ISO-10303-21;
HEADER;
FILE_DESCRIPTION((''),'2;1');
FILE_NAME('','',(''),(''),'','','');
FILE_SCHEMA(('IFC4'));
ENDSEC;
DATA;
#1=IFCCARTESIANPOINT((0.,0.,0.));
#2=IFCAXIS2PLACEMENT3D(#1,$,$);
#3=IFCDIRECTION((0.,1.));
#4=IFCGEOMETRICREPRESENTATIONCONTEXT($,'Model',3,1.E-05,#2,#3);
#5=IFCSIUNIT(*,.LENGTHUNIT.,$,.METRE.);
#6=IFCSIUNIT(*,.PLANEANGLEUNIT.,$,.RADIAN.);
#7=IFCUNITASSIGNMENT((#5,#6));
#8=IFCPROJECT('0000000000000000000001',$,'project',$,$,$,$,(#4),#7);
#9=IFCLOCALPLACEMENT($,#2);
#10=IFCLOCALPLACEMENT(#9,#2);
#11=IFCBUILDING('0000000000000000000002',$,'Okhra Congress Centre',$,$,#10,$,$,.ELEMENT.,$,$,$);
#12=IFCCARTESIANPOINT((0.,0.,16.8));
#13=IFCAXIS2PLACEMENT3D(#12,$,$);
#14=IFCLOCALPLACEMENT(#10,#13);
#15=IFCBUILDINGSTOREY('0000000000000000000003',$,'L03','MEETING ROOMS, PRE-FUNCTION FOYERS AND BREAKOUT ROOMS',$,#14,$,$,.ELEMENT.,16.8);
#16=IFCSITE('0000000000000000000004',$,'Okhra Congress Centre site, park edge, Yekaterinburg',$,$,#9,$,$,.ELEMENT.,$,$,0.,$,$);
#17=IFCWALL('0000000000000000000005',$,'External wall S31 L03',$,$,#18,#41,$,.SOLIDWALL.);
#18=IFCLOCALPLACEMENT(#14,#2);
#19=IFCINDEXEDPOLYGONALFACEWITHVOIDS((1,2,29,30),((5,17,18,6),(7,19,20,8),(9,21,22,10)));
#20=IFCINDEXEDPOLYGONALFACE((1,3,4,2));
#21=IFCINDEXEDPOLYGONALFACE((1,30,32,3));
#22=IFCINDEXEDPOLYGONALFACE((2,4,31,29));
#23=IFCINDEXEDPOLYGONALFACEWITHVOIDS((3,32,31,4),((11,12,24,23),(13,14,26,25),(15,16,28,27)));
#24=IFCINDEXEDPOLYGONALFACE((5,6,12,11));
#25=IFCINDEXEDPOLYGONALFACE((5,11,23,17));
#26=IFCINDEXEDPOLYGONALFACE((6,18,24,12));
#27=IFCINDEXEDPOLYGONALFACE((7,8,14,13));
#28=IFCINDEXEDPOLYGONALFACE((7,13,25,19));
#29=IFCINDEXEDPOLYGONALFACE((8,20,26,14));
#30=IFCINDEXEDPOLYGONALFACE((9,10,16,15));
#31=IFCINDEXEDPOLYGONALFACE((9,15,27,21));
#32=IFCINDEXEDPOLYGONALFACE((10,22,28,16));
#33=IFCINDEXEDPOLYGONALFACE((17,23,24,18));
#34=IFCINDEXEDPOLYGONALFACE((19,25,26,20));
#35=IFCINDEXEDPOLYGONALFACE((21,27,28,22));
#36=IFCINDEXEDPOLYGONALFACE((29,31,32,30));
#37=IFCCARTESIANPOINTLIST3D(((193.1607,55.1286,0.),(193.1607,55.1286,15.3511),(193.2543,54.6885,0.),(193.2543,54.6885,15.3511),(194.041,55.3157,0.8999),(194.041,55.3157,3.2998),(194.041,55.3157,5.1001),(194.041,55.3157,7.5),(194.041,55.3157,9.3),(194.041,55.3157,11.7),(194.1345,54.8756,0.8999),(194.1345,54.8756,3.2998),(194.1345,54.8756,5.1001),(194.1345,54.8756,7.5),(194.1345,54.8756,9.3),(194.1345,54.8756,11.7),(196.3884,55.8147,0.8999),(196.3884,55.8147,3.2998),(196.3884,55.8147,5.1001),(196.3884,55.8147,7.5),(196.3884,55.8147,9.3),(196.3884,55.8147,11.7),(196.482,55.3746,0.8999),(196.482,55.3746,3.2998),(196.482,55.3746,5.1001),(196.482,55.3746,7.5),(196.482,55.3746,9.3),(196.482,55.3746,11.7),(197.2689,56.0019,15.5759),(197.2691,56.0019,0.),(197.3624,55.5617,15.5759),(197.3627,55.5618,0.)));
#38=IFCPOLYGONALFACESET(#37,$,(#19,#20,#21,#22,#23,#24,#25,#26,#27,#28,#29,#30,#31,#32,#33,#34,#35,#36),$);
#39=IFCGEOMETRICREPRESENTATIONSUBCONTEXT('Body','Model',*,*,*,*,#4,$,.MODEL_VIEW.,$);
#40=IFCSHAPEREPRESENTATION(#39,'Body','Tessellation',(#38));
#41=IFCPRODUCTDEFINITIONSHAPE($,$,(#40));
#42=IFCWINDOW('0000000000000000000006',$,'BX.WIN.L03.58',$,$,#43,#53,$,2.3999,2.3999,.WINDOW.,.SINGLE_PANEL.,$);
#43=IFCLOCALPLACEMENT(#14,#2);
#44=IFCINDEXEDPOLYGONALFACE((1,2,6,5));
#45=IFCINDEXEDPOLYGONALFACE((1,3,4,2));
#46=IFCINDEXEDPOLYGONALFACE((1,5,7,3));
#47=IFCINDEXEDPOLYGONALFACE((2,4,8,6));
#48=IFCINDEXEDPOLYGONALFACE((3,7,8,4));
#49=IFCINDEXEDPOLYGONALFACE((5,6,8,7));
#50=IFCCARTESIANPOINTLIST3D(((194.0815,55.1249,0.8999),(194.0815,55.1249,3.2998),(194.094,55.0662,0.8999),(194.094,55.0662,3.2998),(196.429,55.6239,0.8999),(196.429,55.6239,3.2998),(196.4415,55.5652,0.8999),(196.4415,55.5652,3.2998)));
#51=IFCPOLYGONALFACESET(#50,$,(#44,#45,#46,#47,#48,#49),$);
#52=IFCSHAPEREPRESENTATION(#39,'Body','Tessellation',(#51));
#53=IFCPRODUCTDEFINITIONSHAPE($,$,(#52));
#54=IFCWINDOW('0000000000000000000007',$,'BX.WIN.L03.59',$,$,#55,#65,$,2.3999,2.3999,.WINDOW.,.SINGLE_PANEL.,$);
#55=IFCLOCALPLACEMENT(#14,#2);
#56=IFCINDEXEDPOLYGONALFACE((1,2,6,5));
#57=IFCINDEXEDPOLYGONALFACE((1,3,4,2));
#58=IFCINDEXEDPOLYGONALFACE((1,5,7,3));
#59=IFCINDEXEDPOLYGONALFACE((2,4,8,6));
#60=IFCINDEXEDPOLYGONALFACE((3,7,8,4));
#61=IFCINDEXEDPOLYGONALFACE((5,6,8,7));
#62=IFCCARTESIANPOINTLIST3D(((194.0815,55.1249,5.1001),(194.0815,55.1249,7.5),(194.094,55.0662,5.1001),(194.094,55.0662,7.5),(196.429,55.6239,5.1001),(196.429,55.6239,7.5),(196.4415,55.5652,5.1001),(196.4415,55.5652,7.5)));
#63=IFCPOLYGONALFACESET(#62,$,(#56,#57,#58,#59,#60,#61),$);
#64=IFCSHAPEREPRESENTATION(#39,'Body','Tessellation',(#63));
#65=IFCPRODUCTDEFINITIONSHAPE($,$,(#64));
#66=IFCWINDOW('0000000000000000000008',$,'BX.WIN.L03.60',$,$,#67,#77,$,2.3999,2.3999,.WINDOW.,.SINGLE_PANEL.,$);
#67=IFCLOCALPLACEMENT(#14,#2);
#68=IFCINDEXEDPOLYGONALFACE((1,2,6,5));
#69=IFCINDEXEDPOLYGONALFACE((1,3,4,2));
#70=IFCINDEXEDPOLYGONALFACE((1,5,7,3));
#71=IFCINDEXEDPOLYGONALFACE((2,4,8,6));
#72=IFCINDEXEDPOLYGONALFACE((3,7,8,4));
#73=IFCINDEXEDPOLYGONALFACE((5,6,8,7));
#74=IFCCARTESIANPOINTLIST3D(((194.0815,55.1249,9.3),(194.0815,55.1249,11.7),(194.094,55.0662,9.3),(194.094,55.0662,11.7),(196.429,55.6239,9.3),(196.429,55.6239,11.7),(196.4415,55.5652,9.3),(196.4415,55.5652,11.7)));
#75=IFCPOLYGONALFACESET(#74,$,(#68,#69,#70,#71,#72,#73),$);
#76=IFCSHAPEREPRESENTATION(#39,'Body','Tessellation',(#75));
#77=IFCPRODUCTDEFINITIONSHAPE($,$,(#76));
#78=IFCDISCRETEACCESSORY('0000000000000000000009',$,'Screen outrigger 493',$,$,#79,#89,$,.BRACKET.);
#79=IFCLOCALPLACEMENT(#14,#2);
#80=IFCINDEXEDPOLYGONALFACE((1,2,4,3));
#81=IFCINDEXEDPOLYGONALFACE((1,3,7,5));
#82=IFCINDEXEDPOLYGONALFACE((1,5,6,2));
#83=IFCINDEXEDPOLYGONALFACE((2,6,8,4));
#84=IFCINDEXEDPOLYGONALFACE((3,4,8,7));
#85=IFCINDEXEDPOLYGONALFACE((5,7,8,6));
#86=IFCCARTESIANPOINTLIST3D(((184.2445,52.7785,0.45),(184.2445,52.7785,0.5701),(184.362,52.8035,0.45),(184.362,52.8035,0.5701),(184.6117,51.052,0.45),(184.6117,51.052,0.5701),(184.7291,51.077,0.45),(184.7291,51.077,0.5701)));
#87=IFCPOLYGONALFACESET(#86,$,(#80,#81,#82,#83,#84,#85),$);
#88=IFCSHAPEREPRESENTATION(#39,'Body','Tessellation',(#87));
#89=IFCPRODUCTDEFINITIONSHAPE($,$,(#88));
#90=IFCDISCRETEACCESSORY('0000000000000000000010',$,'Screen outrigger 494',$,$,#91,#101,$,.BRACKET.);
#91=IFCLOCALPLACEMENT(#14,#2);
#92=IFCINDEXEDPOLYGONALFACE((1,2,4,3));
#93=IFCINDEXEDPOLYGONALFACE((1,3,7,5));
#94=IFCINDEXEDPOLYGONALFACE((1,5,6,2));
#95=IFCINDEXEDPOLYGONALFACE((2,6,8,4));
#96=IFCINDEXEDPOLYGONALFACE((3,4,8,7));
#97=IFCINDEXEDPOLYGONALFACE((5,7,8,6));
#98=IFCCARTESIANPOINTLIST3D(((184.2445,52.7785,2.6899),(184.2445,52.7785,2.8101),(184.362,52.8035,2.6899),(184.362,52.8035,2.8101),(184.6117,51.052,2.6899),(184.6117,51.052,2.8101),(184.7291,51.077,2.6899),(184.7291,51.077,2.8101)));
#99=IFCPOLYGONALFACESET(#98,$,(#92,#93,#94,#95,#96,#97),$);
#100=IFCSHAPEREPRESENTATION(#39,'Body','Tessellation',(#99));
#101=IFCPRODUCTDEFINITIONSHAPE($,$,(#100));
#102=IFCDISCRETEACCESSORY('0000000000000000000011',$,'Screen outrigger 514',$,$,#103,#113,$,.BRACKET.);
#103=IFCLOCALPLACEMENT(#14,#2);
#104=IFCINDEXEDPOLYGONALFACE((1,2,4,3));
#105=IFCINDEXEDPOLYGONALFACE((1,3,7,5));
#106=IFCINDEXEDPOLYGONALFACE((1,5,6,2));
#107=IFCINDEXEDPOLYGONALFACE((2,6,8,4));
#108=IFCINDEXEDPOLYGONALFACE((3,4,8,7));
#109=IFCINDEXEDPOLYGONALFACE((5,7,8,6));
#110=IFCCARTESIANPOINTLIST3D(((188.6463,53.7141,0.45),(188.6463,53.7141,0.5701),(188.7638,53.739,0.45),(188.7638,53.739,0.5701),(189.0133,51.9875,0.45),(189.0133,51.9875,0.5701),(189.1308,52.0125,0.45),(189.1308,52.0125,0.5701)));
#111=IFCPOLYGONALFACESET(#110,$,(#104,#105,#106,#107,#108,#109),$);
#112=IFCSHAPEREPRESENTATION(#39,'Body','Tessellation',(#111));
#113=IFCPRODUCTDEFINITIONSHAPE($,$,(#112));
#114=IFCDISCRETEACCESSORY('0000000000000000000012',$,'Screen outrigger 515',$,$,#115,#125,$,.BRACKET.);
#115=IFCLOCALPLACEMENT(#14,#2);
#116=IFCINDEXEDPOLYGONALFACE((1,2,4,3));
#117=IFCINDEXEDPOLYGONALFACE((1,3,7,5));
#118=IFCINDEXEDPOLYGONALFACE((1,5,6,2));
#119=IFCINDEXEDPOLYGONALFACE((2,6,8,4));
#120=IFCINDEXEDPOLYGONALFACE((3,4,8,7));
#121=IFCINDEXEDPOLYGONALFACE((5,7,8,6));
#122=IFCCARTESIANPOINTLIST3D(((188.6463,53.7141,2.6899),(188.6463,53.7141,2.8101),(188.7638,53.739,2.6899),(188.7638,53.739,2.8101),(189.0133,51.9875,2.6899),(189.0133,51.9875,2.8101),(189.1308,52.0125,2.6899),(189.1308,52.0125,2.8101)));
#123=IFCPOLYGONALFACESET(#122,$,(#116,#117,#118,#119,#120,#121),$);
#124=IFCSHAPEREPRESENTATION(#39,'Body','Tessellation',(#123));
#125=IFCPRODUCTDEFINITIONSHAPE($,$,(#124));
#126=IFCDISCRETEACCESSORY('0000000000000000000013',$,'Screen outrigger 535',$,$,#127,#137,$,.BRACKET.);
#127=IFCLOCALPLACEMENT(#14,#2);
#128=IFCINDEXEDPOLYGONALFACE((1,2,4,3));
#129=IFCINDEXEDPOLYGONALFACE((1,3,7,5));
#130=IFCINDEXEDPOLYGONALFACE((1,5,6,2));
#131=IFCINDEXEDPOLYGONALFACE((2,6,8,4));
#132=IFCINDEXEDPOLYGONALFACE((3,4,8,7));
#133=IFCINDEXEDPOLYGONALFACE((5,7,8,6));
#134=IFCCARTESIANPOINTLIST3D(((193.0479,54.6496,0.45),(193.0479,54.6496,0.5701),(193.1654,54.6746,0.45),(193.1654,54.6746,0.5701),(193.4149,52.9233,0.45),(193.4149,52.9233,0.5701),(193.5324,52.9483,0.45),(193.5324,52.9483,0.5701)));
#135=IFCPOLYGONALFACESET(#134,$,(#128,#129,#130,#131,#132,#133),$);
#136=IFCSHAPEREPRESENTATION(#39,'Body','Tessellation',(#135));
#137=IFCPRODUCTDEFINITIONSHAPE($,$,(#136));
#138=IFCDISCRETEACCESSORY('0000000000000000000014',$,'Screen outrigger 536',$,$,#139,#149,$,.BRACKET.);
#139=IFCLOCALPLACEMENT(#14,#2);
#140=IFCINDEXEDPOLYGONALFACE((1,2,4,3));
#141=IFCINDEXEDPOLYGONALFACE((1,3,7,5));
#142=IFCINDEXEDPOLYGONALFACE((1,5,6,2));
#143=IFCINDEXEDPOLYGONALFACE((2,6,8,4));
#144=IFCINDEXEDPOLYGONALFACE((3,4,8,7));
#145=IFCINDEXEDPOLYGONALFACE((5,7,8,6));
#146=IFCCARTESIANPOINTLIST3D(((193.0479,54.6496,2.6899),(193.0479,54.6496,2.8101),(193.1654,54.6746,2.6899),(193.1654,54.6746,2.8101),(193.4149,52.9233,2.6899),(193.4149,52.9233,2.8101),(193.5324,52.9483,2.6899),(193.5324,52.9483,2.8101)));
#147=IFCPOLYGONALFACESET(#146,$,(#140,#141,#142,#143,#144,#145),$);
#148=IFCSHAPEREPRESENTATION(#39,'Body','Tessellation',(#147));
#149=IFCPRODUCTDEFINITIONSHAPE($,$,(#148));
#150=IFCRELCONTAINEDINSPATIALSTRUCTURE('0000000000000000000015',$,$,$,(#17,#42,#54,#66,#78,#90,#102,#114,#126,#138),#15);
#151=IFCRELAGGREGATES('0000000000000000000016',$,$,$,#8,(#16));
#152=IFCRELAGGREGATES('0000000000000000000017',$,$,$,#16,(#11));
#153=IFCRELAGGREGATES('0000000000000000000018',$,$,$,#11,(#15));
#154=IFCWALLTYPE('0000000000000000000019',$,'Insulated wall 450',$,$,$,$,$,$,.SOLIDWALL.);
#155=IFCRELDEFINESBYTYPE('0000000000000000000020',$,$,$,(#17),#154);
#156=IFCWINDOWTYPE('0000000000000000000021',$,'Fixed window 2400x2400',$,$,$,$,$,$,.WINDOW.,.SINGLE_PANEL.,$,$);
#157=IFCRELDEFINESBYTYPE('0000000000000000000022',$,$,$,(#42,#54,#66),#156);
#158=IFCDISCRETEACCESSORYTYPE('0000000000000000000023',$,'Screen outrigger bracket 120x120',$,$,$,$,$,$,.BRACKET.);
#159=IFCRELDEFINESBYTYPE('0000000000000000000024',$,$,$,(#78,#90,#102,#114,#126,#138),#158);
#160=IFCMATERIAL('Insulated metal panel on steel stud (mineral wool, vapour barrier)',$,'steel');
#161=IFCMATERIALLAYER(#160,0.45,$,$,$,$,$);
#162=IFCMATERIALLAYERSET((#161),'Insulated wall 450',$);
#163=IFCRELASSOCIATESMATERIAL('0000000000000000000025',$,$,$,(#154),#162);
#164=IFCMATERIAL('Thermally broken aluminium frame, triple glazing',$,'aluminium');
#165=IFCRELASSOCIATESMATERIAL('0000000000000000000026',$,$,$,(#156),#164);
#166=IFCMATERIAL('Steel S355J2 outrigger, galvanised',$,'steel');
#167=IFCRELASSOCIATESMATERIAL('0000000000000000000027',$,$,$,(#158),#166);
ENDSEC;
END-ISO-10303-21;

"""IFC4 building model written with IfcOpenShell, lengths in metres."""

from ifc_helpers import new_model, si_unit, direction, frame, frame_2d, origin, origin_2d, place, context, subcontext, project, spatial, polyline, rectangle, outline, extrude, material, layer, layer_set, material_profile, profile_set, type_object, element, fill, save


model = new_model("IFC4")

# Units and contexts
model_context = context("Model", 3, precision=1e-05, world=origin(), true_north=direction((0.0, 1.0)))
body_context = subcontext(model_context, "Body", "Model", "MODEL_VIEW")
ifc_project = project(units=[si_unit("LENGTHUNIT", "METRE"), si_unit("PLANEANGLEUNIT", "RADIAN")], contexts=[model_context])

# Site, building, storey
site_placement = place(None, origin())
site = spatial("IfcSite", under=ifc_project, at=site_placement, Name="Okhra Congress Centre site, park edge, Yekaterinburg", CompositionType="ELEMENT", RefElevation=0.0)
building_placement = place(site_placement, origin())
building = spatial("IfcBuilding", under=site, at=building_placement, Name="Okhra Congress Centre", CompositionType="ELEMENT")
storey_placement = place(building_placement, frame((0.0, 0.0, 16.8)))
storey = spatial("IfcBuildingStorey", under=building, at=storey_placement, Name="L03", Description="MEETING ROOMS, PRE-FUNCTION FOYERS AND BREAKOUT ROOMS", CompositionType="ELEMENT", Elevation=16.8)

# Wall, openings, windows
ifc_material_1 = material(Name="Insulated metal panel on steel stud (mineral wool, vapour barrier)", Category="steel")
ifc_layer_1 = layer(ifc_material_1, 0.45)
ifc_layer_set_1 = layer_set([ifc_layer_1], Name="Insulated wall 450")
wall_type_1 = type_object("IfcWallType", Name="Insulated wall 450", PredefinedType="SOLIDWALL", material=ifc_layer_set_1)
ifc_material_2 = material(Name="Thermally broken aluminium frame, triple glazing", Category="aluminium")
window_type_1 = type_object("IfcWindowType", Name="Fixed window 2400x2400", PartitioningType="SINGLE_PANEL", PredefinedType="WINDOW", material=ifc_material_2)
wall_1_placement = place(storey_placement, frame((193.2075, 54.9084, 0.0), z_axis=(0.0, 0.0, 1.0), x_axis=(0.978146, 0.207917, 0.0)))
wall_1 = element("IfcWall", 1, at=wall_1_placement, inside=storey, type_object=wall_type_1, Name="External wall S31 L03", PredefinedType="SOLIDWALL", context=body_context, shape_type="SweptSolid", body=[
    extrude(outline(polyline([(0.0, 0.0), (4.2002, 0.0), (4.2, 15.5759), (0.0, 15.3511), (0.0, 0.0)])), frame((0.0, 0.2251, 0.0), z_axis=(0.0, -1.0, 0.0), x_axis=(1.0, 0.0, 0.0)), (0.0, 0.0, 1.0), 0.45),
])
opening_1_placement = place(wall_1_placement, frame((0.8999, 0.0, 0.8999)))
opening_1 = element("IfcOpeningElement", 2, at=opening_1_placement, cuts=wall_1, PredefinedType="OPENING", context=body_context, shape_type="SweptSolid", body=[
    extrude(rectangle(XDim=2.3999, YDim=2.3999, at=frame_2d((1.2, 1.2))), frame((0.0, 0.2349, 0.0), z_axis=(0.0, -1.0, 0.0), x_axis=(1.0, 0.0, 0.0)), (0.0, 0.0, 1.0), 0.47),
])
opening_2_placement = place(wall_1_placement, frame((0.8999, 0.0, 5.1001)))
opening_2 = element("IfcOpeningElement", 3, at=opening_2_placement, cuts=wall_1, PredefinedType="OPENING", context=body_context, shape_type="SweptSolid", body=[
    extrude(rectangle(XDim=2.3999, YDim=2.3999, at=frame_2d((1.2, 1.2))), frame((0.0, 0.2349, 0.0), z_axis=(0.0, -1.0, 0.0), x_axis=(1.0, 0.0, 0.0)), (0.0, 0.0, 1.0), 0.47),
])
opening_3_placement = place(wall_1_placement, frame((0.8999, 0.0, 9.3)))
opening_3 = element("IfcOpeningElement", 4, at=opening_3_placement, cuts=wall_1, PredefinedType="OPENING", context=body_context, shape_type="SweptSolid", body=[
    extrude(rectangle(XDim=2.3999, YDim=2.3999, at=frame_2d((1.2, 1.2))), frame((0.0, 0.2349, 0.0), z_axis=(0.0, -1.0, 0.0), x_axis=(1.0, 0.0, 0.0)), (0.0, 0.0, 1.0), 0.47),
])
window_1_placement = place(opening_1_placement, origin())
window_1 = element("IfcWindow", 5, at=window_1_placement, inside=storey, type_object=window_type_1, Name="BX.WIN.L03.58", OverallHeight=2.3999, OverallWidth=2.3999, PartitioningType="SINGLE_PANEL", PredefinedType="WINDOW", context=body_context, shape_type="SweptSolid", body=[
    extrude(rectangle(XDim=2.3999, YDim=2.3999, at=frame_2d((1.2, 1.2))), frame((0.0, 0.03, 0.0), z_axis=(0.0, -1.0, 0.0), x_axis=(1.0, 0.0, 0.0)), (0.0, 0.0, 1.0), 0.0601),
])
fill(opening_1, window_1)
window_2_placement = place(opening_2_placement, origin())
window_2 = element("IfcWindow", 6, at=window_2_placement, inside=storey, type_object=window_type_1, Name="BX.WIN.L03.59", OverallHeight=2.3999, OverallWidth=2.3999, PartitioningType="SINGLE_PANEL", PredefinedType="WINDOW", context=body_context, shape_type="SweptSolid", body=[
    extrude(rectangle(XDim=2.3999, YDim=2.3999, at=frame_2d((1.2, 1.2))), frame((0.0, 0.03, 0.0), z_axis=(0.0, -1.0, 0.0), x_axis=(1.0, 0.0, 0.0)), (0.0, 0.0, 1.0), 0.0601),
])
fill(opening_2, window_2)
window_3_placement = place(opening_3_placement, origin())
window_3 = element("IfcWindow", 7, at=window_3_placement, inside=storey, type_object=window_type_1, Name="BX.WIN.L03.60", OverallHeight=2.3999, OverallWidth=2.3999, PartitioningType="SINGLE_PANEL", PredefinedType="WINDOW", context=body_context, shape_type="SweptSolid", body=[
    extrude(rectangle(XDim=2.3999, YDim=2.3999, at=frame_2d((1.2, 1.2))), frame((0.0, 0.03, 0.0), z_axis=(0.0, -1.0, 0.0), x_axis=(1.0, 0.0, 0.0)), (0.0, 0.0, 1.0), 0.0601),
])
fill(opening_3, window_3)

# Discrete accessories
ifc_material_3 = material(Name="Steel S355J2 outrigger, galvanised", Category="steel")
ifc_material_profile_1 = material_profile(ifc_material_3, rectangle(XDim=0.1201, YDim=0.1201, at=origin_2d()), Name="Screen outrigger bracket 120x120")
ifc_profile_set_1 = profile_set([ifc_material_profile_1], Name="Steel S355J2 outrigger, galvanised")
discrete_accessory_type = type_object("IfcDiscreteAccessoryType", Name="Screen outrigger bracket 120x120", PredefinedType="BRACKET", material=ifc_profile_set_1)
for number, where, z_axis, x_axis, name in (
    (8, (184.3032, 52.791, 0.51), (0.208018, -0.978125, 0.0), (0.978125, 0.208018, 0.0), "Screen outrigger 493"),
    (9, (184.3032, 52.791, 2.75), (0.208018, -0.978125, 0.0), (0.978125, 0.208018, 0.0), "Screen outrigger 494"),
    (10, (188.7051, 53.7266, 0.51), (0.207885, -0.978153, 0.0), (0.978153, 0.207885, 0.0), "Screen outrigger 514"),
    (11, (188.7051, 53.7266, 2.75), (0.207885, -0.978153, 0.0), (0.978153, 0.207885, 0.0), "Screen outrigger 515"),
):
    element("IfcDiscreteAccessory", number, at=place(storey_placement, frame(where, z_axis=z_axis, x_axis=x_axis)), inside=storey, type_object=discrete_accessory_type, Name=name, PredefinedType="BRACKET", context=body_context, shape_type="SweptSolid", body=[
        extrude(rectangle(XDim=0.1201, YDim=0.1201, at=origin_2d()), origin(), (0.0, 0.0, 1.0), 1.7651),
    ])
for number, where, z_axis, x_axis, name in (
    (12, (193.1067, 54.6621, 0.51), (0.207913, -0.978147, 0.0), (0.978147, 0.207913, 0.0), "Screen outrigger 535"),
    (13, (193.1067, 54.6621, 2.75), (0.207913, -0.978147, 0.0), (0.978147, 0.207913, 0.0), "Screen outrigger 536"),
):
    element("IfcDiscreteAccessory", number, at=place(storey_placement, frame(where, z_axis=z_axis, x_axis=x_axis)), inside=storey, type_object=discrete_accessory_type, Name=name, PredefinedType="BRACKET", context=body_context, shape_type="SweptSolid", body=[
        extrude(rectangle(XDim=0.1201, YDim=0.1201, at=origin_2d()), origin(), (0.0, 0.0, 1.0), 1.7649),
    ])

save(model, "model.ifc")
